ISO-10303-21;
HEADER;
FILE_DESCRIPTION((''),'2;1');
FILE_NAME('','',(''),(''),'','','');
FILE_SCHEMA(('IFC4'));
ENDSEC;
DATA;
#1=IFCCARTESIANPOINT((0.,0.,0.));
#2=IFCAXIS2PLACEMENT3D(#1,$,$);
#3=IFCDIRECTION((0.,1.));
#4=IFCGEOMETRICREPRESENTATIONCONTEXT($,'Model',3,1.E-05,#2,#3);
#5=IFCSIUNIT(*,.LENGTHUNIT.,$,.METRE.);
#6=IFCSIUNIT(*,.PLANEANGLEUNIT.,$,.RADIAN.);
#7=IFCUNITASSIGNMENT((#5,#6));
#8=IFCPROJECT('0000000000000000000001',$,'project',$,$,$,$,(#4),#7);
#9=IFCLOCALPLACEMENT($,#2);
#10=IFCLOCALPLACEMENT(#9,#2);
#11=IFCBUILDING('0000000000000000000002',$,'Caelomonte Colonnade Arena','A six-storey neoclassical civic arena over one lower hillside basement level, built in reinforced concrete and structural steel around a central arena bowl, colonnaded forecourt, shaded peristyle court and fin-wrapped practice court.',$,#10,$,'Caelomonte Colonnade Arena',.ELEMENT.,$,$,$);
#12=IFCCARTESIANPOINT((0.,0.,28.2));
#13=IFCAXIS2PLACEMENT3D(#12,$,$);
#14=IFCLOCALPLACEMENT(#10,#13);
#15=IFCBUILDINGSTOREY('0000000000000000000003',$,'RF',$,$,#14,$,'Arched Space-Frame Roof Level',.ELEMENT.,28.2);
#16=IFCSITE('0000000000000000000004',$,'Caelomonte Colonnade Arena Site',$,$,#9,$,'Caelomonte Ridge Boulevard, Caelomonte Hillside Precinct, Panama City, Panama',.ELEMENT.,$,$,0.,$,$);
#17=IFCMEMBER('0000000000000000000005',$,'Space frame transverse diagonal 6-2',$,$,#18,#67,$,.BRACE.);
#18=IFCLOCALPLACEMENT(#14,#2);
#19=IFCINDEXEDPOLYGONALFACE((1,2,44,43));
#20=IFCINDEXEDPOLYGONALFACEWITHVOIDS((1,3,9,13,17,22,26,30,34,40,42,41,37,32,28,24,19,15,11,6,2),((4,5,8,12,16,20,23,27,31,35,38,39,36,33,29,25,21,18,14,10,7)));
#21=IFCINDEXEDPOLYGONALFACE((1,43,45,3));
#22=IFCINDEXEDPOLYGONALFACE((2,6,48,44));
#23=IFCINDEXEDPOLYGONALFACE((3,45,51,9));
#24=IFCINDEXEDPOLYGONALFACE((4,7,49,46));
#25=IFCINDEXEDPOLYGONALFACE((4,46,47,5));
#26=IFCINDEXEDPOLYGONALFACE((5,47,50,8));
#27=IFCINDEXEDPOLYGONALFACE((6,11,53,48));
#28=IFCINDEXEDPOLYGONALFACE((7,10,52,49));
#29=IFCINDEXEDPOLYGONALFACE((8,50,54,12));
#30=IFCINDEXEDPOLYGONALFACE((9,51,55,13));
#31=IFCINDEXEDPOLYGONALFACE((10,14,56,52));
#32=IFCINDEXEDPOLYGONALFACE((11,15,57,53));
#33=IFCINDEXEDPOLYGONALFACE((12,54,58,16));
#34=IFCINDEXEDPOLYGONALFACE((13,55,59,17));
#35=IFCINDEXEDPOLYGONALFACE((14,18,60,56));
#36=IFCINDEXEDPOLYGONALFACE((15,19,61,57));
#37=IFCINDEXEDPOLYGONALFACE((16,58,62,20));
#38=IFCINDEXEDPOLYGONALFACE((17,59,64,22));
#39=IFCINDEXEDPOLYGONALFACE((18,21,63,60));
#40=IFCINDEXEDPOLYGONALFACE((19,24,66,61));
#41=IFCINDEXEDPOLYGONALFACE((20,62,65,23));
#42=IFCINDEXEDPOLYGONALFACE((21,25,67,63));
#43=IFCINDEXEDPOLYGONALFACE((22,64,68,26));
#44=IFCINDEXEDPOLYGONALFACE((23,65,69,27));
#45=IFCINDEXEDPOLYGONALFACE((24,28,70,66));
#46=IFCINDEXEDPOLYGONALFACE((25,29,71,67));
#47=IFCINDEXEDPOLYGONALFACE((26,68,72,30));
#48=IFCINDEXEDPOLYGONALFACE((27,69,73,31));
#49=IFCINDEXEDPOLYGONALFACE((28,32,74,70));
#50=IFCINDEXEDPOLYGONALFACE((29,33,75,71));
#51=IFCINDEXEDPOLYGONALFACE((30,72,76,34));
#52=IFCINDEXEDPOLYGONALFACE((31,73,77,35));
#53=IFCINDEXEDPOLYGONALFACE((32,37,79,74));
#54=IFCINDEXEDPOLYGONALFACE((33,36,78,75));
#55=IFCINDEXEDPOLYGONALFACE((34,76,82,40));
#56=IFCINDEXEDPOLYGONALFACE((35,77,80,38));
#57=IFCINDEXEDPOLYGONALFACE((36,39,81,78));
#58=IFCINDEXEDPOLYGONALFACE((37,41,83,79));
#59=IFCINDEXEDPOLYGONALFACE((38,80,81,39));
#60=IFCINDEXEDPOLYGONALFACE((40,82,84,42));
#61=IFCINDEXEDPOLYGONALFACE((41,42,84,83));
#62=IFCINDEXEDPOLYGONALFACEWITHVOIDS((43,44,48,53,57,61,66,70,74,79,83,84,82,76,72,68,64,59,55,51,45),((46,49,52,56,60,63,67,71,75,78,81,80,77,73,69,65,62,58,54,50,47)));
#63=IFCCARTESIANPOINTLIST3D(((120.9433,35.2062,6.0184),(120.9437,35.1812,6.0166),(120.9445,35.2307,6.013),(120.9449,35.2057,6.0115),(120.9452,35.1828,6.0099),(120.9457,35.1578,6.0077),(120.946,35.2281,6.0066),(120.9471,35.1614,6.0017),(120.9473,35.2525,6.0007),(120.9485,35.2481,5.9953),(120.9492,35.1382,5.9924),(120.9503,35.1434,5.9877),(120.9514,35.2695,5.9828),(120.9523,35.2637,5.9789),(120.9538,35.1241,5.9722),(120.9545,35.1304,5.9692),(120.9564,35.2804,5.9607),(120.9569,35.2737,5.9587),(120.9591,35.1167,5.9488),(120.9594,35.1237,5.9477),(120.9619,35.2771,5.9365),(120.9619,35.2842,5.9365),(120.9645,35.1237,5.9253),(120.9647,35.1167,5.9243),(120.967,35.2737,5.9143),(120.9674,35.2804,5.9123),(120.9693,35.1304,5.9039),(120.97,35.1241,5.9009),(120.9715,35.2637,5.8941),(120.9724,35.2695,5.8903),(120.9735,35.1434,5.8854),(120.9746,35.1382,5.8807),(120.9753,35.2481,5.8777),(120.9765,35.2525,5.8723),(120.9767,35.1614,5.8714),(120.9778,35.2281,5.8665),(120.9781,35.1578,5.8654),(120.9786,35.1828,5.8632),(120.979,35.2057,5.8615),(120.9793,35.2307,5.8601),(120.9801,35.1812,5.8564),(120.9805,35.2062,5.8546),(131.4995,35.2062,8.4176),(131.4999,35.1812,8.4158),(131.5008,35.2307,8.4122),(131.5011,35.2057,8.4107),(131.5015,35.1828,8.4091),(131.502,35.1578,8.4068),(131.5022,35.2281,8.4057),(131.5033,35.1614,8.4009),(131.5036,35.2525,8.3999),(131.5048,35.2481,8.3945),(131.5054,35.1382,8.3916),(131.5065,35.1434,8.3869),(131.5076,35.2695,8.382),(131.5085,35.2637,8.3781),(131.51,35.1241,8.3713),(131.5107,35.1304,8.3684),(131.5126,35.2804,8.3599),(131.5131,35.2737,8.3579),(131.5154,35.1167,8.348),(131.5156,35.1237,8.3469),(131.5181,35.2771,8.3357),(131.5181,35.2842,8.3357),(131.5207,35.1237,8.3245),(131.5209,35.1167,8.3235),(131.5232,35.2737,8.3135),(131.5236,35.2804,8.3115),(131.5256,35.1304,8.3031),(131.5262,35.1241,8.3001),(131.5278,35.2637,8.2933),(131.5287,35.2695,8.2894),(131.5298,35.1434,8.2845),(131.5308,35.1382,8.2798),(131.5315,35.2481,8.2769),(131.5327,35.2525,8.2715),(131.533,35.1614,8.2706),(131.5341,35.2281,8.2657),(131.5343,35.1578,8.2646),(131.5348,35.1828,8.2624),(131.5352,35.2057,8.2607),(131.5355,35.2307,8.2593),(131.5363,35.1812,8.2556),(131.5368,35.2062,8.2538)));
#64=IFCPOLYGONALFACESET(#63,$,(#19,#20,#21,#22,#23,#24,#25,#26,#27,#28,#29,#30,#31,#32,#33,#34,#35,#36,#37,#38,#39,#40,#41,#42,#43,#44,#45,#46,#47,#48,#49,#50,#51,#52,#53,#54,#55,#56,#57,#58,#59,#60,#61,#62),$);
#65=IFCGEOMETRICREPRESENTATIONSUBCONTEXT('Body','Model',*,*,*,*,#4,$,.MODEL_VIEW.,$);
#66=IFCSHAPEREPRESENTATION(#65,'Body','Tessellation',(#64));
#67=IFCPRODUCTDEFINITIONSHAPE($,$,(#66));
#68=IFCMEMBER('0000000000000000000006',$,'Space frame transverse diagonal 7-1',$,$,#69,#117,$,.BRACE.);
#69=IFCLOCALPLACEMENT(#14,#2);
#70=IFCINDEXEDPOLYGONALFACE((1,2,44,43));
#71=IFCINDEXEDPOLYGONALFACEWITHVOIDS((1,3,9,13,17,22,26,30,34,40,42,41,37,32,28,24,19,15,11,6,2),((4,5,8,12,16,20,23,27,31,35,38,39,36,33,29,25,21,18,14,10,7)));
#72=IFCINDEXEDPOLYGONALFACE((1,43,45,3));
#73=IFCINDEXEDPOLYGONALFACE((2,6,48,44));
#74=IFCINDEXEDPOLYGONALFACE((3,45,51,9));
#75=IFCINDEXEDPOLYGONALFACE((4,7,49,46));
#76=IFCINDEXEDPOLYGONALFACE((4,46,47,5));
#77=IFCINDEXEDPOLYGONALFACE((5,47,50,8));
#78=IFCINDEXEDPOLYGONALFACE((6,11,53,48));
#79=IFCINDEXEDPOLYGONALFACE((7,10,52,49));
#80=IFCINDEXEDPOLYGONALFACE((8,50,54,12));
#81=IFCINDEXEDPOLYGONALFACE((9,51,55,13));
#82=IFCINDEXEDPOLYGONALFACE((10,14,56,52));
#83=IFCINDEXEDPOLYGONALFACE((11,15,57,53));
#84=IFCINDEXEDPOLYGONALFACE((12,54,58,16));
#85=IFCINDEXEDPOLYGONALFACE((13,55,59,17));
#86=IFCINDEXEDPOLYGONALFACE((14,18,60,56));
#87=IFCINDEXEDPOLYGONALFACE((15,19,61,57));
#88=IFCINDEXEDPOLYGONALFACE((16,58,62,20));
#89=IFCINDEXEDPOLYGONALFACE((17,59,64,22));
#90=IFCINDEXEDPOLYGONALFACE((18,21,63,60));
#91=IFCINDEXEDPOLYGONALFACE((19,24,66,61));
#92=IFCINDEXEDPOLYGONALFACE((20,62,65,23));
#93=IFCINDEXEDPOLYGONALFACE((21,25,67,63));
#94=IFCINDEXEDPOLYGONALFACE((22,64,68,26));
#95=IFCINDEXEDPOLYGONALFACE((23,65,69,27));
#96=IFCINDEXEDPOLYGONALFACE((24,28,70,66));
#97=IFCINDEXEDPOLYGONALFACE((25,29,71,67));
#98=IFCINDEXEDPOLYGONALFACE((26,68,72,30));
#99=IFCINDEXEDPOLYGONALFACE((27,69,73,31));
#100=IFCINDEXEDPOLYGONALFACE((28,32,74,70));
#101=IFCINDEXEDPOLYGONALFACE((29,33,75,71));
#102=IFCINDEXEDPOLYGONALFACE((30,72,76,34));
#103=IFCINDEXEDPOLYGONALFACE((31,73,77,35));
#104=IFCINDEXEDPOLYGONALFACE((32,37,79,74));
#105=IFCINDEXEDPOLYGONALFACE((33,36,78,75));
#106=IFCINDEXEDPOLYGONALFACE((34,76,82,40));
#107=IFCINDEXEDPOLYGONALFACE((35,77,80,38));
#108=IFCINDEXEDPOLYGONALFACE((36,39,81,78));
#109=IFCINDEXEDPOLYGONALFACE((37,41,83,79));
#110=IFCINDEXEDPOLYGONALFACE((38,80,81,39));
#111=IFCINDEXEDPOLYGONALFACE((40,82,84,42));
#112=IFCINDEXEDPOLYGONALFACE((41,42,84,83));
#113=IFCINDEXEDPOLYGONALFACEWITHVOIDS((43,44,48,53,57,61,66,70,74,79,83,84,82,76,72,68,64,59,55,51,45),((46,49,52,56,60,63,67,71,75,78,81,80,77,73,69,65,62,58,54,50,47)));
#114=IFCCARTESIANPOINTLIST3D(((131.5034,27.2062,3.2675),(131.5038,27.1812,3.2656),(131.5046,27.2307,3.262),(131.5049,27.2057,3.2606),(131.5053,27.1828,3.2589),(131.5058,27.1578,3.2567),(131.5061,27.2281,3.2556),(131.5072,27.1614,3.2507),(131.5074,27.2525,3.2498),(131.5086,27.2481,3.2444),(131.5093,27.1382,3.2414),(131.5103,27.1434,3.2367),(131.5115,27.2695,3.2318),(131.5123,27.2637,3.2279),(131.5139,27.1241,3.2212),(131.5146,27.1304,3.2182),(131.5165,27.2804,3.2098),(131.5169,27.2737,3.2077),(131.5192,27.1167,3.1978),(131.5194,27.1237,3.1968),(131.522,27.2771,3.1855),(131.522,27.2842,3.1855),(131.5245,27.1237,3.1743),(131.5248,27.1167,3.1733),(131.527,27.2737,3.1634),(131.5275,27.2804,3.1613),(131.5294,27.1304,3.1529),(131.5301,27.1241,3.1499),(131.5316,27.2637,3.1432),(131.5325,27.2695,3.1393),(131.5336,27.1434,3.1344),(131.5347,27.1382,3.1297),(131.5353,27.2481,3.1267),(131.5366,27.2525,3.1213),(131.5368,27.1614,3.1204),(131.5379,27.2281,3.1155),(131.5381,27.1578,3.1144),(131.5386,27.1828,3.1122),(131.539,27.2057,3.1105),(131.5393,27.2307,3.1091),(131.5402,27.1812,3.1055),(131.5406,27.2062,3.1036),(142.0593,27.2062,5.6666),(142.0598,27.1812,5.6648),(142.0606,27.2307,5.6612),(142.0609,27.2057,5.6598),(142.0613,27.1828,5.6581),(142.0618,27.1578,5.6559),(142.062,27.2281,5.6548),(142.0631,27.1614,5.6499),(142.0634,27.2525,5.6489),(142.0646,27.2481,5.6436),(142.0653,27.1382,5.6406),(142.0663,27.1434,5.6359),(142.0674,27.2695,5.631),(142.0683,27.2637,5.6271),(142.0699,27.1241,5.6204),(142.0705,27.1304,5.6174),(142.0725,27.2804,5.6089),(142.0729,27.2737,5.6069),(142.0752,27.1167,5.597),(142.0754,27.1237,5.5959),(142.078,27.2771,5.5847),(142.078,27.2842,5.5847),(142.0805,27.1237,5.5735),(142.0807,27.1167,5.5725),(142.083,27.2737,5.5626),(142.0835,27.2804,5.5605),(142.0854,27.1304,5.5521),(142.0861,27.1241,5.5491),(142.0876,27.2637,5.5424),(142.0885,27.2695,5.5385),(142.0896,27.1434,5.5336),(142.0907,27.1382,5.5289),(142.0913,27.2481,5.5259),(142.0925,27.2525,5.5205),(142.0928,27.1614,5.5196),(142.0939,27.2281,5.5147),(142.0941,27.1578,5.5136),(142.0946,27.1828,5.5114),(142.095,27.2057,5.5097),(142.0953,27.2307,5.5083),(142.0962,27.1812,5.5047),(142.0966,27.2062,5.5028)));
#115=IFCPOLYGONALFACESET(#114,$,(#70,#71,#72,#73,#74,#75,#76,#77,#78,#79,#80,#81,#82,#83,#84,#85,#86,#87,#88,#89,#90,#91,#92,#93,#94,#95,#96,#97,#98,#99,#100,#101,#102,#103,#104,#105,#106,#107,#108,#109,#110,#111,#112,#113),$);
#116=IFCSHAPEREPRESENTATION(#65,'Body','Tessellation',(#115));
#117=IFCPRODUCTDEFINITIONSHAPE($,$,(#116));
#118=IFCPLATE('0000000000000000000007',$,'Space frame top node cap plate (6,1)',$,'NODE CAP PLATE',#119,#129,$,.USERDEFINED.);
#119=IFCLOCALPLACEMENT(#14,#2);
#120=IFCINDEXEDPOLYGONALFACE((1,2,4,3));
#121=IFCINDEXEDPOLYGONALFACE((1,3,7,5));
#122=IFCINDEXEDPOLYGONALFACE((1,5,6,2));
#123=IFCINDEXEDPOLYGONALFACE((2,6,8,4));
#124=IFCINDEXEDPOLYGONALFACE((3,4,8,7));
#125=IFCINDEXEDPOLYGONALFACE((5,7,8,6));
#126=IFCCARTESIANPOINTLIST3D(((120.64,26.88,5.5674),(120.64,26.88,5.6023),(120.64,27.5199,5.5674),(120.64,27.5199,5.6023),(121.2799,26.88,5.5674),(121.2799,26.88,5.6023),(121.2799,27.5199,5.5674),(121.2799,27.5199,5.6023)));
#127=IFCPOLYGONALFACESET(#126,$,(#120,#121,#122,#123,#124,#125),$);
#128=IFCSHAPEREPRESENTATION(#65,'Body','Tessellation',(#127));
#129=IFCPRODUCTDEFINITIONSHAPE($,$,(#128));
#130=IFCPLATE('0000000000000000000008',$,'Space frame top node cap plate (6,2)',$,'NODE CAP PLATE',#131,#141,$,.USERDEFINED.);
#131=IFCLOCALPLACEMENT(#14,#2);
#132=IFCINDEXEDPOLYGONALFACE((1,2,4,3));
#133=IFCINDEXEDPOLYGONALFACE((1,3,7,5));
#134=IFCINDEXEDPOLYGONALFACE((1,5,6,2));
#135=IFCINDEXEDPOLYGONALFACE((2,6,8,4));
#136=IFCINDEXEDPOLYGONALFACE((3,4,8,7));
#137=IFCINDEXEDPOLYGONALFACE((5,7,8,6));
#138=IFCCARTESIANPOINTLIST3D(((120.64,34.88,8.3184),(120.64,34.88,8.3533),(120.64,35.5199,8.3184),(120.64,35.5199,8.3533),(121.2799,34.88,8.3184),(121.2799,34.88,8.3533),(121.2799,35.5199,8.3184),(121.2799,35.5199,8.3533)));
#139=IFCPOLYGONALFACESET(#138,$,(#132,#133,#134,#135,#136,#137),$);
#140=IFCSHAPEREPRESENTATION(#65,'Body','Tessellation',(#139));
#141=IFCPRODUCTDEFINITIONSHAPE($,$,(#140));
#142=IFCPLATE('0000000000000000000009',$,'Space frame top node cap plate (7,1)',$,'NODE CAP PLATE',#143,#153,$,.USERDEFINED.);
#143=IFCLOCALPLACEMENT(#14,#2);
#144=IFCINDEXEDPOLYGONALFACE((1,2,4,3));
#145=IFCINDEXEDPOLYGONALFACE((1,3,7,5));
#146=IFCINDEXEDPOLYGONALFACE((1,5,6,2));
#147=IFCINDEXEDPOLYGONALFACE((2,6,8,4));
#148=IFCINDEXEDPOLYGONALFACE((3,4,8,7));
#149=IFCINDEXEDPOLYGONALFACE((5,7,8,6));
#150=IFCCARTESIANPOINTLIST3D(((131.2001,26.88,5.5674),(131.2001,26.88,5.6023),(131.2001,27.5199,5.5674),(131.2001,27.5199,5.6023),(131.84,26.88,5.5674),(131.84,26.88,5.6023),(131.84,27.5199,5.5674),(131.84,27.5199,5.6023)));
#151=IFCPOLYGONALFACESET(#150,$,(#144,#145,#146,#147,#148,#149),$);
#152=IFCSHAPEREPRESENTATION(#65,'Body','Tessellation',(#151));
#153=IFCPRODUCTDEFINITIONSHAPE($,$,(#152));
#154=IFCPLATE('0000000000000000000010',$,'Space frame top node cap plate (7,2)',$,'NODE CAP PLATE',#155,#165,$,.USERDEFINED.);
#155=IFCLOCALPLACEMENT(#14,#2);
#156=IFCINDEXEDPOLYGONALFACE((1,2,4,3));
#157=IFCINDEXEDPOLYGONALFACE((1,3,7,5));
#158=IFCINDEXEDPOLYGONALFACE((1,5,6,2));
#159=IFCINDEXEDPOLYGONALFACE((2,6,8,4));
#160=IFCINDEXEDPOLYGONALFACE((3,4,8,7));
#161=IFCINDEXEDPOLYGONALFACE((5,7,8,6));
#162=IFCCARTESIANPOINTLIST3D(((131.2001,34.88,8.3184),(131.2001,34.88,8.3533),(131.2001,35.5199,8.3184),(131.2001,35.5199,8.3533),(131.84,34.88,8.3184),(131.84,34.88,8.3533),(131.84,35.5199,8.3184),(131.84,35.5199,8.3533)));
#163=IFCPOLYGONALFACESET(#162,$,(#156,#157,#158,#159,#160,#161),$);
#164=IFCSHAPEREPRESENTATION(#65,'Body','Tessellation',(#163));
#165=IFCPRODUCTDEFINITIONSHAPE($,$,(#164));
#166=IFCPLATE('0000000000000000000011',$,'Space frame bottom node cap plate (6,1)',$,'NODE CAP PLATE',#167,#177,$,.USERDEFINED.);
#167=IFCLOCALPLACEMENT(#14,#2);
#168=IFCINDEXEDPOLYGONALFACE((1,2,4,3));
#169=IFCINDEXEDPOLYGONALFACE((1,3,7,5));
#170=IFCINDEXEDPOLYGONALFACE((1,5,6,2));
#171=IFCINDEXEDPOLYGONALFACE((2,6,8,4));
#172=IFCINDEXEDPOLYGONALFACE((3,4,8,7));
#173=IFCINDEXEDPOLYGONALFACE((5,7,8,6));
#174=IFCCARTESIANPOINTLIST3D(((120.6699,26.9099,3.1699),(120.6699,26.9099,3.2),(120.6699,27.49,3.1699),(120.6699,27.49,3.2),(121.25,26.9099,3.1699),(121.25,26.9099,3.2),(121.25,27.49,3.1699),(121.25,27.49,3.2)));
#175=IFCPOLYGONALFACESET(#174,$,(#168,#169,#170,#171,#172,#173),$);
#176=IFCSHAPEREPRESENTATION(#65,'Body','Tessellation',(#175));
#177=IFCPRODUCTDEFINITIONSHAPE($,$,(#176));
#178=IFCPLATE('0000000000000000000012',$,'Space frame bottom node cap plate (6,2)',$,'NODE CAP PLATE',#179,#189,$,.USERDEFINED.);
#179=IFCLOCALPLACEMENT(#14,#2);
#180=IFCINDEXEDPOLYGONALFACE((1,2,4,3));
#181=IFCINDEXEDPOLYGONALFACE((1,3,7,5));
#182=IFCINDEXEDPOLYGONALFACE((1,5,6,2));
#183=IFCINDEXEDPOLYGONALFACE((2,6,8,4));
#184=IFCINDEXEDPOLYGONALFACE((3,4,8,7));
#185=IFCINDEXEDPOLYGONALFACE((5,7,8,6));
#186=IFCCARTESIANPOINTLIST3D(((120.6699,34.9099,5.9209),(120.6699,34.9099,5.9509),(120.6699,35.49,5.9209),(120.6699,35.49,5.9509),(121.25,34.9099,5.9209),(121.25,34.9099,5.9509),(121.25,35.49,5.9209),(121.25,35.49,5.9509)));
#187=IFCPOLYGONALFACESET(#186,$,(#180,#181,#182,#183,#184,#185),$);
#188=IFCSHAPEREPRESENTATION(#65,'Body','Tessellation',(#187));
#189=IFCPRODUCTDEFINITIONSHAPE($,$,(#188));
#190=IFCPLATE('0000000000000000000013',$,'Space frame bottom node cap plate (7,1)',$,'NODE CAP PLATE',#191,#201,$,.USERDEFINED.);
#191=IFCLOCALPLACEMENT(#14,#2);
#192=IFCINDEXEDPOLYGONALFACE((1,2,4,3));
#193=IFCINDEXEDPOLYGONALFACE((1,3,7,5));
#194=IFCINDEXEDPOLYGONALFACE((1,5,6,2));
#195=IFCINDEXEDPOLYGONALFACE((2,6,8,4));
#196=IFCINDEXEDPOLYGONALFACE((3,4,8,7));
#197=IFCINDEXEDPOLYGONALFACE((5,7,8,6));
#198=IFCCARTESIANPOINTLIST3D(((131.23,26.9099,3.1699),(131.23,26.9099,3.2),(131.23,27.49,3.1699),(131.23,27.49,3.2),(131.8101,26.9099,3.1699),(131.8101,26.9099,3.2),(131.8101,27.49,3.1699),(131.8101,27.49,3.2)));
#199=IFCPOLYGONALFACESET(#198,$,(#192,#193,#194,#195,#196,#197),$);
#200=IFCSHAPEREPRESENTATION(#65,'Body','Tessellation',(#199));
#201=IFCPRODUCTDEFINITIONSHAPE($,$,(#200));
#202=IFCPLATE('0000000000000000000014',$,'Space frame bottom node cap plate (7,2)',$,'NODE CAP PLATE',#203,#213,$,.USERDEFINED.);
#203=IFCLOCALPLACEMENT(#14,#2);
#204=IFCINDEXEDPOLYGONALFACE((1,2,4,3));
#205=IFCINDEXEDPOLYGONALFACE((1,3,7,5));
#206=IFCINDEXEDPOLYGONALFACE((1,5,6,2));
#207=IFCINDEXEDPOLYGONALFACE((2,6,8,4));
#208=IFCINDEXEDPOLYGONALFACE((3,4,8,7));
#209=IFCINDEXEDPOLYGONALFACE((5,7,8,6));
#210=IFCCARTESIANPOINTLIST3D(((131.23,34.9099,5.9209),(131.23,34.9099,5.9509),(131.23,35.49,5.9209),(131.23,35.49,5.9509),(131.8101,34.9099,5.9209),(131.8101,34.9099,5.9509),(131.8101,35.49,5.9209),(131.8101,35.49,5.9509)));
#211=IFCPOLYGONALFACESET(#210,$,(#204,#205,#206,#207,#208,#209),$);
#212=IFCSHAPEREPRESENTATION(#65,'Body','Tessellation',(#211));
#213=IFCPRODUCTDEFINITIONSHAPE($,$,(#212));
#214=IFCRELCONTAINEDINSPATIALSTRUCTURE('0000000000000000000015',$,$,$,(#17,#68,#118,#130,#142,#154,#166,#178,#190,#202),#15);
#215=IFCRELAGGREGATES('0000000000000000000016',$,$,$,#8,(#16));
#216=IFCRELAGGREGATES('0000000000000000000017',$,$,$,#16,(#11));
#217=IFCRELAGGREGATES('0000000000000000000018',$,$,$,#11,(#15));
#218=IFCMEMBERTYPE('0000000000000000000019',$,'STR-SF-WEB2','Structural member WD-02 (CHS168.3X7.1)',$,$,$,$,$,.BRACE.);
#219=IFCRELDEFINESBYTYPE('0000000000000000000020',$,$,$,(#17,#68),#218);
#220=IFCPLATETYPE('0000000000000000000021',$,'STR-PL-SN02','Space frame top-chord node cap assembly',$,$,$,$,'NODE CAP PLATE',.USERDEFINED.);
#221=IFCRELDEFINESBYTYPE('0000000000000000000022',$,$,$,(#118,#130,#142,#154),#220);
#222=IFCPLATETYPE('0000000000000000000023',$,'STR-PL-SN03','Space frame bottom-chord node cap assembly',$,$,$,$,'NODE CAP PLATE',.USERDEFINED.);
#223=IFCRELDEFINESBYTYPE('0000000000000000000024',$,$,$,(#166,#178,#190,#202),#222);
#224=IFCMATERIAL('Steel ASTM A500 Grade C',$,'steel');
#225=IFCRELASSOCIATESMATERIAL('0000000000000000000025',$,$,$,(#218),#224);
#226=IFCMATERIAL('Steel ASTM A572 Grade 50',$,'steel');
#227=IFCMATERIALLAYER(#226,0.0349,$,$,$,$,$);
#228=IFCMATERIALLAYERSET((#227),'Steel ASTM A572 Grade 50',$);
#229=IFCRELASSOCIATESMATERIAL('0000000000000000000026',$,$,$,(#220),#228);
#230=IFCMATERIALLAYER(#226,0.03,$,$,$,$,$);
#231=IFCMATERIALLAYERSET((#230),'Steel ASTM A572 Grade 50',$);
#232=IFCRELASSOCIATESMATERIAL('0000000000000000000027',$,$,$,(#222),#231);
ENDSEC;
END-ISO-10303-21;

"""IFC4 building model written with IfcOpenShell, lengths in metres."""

from ifc_helpers import new_model, si_unit, direction, frame, origin, origin_2d, place, context, subcontext, project, spatial, rectangle, hollow_circle, extrude, material, layer, layer_set, material_profile, profile_set, type_object, element, save


model = new_model("IFC4")

# Units and contexts
model_context = context("Model", 3, precision=1e-05, world=origin(), true_north=direction((0.0, 1.0)))
body_context = subcontext(model_context, "Body", "Model", "MODEL_VIEW")
ifc_project = project(units=[si_unit("LENGTHUNIT", "METRE"), si_unit("PLANEANGLEUNIT", "RADIAN")], contexts=[model_context])

# Site, building, storey
site_placement = place(None, origin())
site = spatial("IfcSite", under=ifc_project, at=site_placement, Name="Caelomonte Colonnade Arena Site", LongName="Caelomonte Ridge Boulevard, Caelomonte Hillside Precinct, Panama City, Panama", CompositionType="ELEMENT", RefElevation=0.0)
building_placement = place(site_placement, origin())
building = spatial("IfcBuilding", under=site, at=building_placement, Name="Caelomonte Colonnade Arena", Description="A six-storey neoclassical civic arena over one lower hillside basement level, built in reinforced concrete and structural steel around a central arena bowl, colonnaded forecourt, shaded peristyle court and fin-wrapped practice court.", LongName="Caelomonte Colonnade Arena", CompositionType="ELEMENT")
storey_placement = place(building_placement, frame((0.0, 0.0, 28.2)))
storey = spatial("IfcBuildingStorey", under=building, at=storey_placement, Name="RF", LongName="Arched Space-Frame Roof Level", CompositionType="ELEMENT", Elevation=28.2)

# Members
ifc_material_1 = material(Name="Steel ASTM A500 Grade C", Category="steel")
ifc_material_profile_1 = material_profile(ifc_material_1, hollow_circle(Radius=0.0842, WallThickness=0.0071, at=origin_2d()), Name="CHS168.3X7.1")
ifc_profile_set_1 = profile_set([ifc_material_profile_1], Name="Steel ASTM A500 Grade C")
member_type_1 = type_object("IfcMemberType", Name="STR-SF-WEB2", Description="Structural member WD-02 (CHS168.3X7.1)", PredefinedType="BRACE", material=ifc_profile_set_1)
member_1_placement = place(storey_placement, frame((120.9619, 35.2, 5.9365), z_axis=(0.975132, 0.0, 0.221625), x_axis=(0.0, 1.0, 0.0)))
element("IfcMember", 1, at=member_1_placement, inside=storey, type_object=member_type_1, Name="Space frame transverse diagonal 6-2", PredefinedType="BRACE", context=body_context, shape_type="SweptSolid", body=[
    extrude(hollow_circle(Radius=0.0842, WallThickness=0.0071, at=origin_2d()), origin(), (0.0, 0.0, 1.0), 10.8254),
])
member_2_placement = place(storey_placement, frame((131.522, 27.2, 3.1855), z_axis=(0.975131, 0.0, 0.22163), x_axis=(0.0, 1.0, 0.0)))
element("IfcMember", 2, at=member_2_placement, inside=storey, type_object=member_type_1, Name="Space frame transverse diagonal 7-1", PredefinedType="BRACE", context=body_context, shape_type="SweptSolid", body=[
    extrude(hollow_circle(Radius=0.0842, WallThickness=0.0071, at=origin_2d()), origin(), (0.0, 0.0, 1.0), 10.8252),
])

# Plates
ifc_material_2 = material(Name="Steel ASTM A572 Grade 50", Category="steel")
ifc_layer_1 = layer(ifc_material_2, 0.0349)
ifc_layer_set_1 = layer_set([ifc_layer_1], Name="Steel ASTM A572 Grade 50")
plate_type_1 = type_object("IfcPlateType", Name="STR-PL-SN02", Description="Space frame top-chord node cap assembly", ElementType="NODE CAP PLATE", PredefinedType="USERDEFINED", material=ifc_layer_set_1)
for number, where, z_axis, x_axis, name in (
    (3, (120.96, 27.2, 5.5674), (0.0, 0.0, 1.0), (1.0, 0.0, 0.0), "Space frame top node cap plate (6,1)"),
    (4, (120.96, 35.2, 8.3184), (0.0, 0.0, 1.0), (1.0, 0.0, 0.0), "Space frame top node cap plate (6,2)"),
    (5, (131.52, 27.2, 5.5674), (0.0, 0.0, 1.0), (1.0, 0.0, 0.0), "Space frame top node cap plate (7,1)"),
    (6, (131.52, 35.2, 8.3184), (0.0, 0.0, 1.0), (1.0, 0.0, 0.0), "Space frame top node cap plate (7,2)"),
):
    element("IfcPlate", number, at=place(storey_placement, frame(where, z_axis=z_axis, x_axis=x_axis)), inside=storey, type_object=plate_type_1, Name=name, ObjectType="NODE CAP PLATE", PredefinedType="USERDEFINED", context=body_context, shape_type="SweptSolid", body=[
        extrude(rectangle(XDim=0.6399, YDim=0.6399, at=origin_2d()), origin(), (0.0, 0.0, 1.0), 0.0349),
    ])
ifc_layer_2 = layer(ifc_material_2, 0.03)
ifc_layer_set_2 = layer_set([ifc_layer_2], Name="Steel ASTM A572 Grade 50")
plate_type_2 = type_object("IfcPlateType", Name="STR-PL-SN03", Description="Space frame bottom-chord node cap assembly", ElementType="NODE CAP PLATE", PredefinedType="USERDEFINED", material=ifc_layer_set_2)
for number, where, z_axis, x_axis, name in (
    (7, (120.96, 27.2, 3.1699), (0.0, 0.0, 1.0), (1.0, 0.0, 0.0), "Space frame bottom node cap plate (6,1)"),
    (8, (120.96, 35.2, 5.9209), (0.0, 0.0, 1.0), (1.0, 0.0, 0.0), "Space frame bottom node cap plate (6,2)"),
    (9, (131.52, 27.2, 3.1699), (0.0, 0.0, 1.0), (1.0, 0.0, 0.0), "Space frame bottom node cap plate (7,1)"),
    (10, (131.52, 35.2, 5.9209), (0.0, 0.0, 1.0), (1.0, 0.0, 0.0), "Space frame bottom node cap plate (7,2)"),
):
    element("IfcPlate", number, at=place(storey_placement, frame(where, z_axis=z_axis, x_axis=x_axis)), inside=storey, type_object=plate_type_2, Name=name, ObjectType="NODE CAP PLATE", PredefinedType="USERDEFINED", context=body_context, shape_type="SweptSolid", body=[
        extrude(rectangle(XDim=0.5801, YDim=0.5801, at=origin_2d()), origin(), (0.0, 0.0, 1.0), 0.03),
    ])

save(model, "model.ifc")
